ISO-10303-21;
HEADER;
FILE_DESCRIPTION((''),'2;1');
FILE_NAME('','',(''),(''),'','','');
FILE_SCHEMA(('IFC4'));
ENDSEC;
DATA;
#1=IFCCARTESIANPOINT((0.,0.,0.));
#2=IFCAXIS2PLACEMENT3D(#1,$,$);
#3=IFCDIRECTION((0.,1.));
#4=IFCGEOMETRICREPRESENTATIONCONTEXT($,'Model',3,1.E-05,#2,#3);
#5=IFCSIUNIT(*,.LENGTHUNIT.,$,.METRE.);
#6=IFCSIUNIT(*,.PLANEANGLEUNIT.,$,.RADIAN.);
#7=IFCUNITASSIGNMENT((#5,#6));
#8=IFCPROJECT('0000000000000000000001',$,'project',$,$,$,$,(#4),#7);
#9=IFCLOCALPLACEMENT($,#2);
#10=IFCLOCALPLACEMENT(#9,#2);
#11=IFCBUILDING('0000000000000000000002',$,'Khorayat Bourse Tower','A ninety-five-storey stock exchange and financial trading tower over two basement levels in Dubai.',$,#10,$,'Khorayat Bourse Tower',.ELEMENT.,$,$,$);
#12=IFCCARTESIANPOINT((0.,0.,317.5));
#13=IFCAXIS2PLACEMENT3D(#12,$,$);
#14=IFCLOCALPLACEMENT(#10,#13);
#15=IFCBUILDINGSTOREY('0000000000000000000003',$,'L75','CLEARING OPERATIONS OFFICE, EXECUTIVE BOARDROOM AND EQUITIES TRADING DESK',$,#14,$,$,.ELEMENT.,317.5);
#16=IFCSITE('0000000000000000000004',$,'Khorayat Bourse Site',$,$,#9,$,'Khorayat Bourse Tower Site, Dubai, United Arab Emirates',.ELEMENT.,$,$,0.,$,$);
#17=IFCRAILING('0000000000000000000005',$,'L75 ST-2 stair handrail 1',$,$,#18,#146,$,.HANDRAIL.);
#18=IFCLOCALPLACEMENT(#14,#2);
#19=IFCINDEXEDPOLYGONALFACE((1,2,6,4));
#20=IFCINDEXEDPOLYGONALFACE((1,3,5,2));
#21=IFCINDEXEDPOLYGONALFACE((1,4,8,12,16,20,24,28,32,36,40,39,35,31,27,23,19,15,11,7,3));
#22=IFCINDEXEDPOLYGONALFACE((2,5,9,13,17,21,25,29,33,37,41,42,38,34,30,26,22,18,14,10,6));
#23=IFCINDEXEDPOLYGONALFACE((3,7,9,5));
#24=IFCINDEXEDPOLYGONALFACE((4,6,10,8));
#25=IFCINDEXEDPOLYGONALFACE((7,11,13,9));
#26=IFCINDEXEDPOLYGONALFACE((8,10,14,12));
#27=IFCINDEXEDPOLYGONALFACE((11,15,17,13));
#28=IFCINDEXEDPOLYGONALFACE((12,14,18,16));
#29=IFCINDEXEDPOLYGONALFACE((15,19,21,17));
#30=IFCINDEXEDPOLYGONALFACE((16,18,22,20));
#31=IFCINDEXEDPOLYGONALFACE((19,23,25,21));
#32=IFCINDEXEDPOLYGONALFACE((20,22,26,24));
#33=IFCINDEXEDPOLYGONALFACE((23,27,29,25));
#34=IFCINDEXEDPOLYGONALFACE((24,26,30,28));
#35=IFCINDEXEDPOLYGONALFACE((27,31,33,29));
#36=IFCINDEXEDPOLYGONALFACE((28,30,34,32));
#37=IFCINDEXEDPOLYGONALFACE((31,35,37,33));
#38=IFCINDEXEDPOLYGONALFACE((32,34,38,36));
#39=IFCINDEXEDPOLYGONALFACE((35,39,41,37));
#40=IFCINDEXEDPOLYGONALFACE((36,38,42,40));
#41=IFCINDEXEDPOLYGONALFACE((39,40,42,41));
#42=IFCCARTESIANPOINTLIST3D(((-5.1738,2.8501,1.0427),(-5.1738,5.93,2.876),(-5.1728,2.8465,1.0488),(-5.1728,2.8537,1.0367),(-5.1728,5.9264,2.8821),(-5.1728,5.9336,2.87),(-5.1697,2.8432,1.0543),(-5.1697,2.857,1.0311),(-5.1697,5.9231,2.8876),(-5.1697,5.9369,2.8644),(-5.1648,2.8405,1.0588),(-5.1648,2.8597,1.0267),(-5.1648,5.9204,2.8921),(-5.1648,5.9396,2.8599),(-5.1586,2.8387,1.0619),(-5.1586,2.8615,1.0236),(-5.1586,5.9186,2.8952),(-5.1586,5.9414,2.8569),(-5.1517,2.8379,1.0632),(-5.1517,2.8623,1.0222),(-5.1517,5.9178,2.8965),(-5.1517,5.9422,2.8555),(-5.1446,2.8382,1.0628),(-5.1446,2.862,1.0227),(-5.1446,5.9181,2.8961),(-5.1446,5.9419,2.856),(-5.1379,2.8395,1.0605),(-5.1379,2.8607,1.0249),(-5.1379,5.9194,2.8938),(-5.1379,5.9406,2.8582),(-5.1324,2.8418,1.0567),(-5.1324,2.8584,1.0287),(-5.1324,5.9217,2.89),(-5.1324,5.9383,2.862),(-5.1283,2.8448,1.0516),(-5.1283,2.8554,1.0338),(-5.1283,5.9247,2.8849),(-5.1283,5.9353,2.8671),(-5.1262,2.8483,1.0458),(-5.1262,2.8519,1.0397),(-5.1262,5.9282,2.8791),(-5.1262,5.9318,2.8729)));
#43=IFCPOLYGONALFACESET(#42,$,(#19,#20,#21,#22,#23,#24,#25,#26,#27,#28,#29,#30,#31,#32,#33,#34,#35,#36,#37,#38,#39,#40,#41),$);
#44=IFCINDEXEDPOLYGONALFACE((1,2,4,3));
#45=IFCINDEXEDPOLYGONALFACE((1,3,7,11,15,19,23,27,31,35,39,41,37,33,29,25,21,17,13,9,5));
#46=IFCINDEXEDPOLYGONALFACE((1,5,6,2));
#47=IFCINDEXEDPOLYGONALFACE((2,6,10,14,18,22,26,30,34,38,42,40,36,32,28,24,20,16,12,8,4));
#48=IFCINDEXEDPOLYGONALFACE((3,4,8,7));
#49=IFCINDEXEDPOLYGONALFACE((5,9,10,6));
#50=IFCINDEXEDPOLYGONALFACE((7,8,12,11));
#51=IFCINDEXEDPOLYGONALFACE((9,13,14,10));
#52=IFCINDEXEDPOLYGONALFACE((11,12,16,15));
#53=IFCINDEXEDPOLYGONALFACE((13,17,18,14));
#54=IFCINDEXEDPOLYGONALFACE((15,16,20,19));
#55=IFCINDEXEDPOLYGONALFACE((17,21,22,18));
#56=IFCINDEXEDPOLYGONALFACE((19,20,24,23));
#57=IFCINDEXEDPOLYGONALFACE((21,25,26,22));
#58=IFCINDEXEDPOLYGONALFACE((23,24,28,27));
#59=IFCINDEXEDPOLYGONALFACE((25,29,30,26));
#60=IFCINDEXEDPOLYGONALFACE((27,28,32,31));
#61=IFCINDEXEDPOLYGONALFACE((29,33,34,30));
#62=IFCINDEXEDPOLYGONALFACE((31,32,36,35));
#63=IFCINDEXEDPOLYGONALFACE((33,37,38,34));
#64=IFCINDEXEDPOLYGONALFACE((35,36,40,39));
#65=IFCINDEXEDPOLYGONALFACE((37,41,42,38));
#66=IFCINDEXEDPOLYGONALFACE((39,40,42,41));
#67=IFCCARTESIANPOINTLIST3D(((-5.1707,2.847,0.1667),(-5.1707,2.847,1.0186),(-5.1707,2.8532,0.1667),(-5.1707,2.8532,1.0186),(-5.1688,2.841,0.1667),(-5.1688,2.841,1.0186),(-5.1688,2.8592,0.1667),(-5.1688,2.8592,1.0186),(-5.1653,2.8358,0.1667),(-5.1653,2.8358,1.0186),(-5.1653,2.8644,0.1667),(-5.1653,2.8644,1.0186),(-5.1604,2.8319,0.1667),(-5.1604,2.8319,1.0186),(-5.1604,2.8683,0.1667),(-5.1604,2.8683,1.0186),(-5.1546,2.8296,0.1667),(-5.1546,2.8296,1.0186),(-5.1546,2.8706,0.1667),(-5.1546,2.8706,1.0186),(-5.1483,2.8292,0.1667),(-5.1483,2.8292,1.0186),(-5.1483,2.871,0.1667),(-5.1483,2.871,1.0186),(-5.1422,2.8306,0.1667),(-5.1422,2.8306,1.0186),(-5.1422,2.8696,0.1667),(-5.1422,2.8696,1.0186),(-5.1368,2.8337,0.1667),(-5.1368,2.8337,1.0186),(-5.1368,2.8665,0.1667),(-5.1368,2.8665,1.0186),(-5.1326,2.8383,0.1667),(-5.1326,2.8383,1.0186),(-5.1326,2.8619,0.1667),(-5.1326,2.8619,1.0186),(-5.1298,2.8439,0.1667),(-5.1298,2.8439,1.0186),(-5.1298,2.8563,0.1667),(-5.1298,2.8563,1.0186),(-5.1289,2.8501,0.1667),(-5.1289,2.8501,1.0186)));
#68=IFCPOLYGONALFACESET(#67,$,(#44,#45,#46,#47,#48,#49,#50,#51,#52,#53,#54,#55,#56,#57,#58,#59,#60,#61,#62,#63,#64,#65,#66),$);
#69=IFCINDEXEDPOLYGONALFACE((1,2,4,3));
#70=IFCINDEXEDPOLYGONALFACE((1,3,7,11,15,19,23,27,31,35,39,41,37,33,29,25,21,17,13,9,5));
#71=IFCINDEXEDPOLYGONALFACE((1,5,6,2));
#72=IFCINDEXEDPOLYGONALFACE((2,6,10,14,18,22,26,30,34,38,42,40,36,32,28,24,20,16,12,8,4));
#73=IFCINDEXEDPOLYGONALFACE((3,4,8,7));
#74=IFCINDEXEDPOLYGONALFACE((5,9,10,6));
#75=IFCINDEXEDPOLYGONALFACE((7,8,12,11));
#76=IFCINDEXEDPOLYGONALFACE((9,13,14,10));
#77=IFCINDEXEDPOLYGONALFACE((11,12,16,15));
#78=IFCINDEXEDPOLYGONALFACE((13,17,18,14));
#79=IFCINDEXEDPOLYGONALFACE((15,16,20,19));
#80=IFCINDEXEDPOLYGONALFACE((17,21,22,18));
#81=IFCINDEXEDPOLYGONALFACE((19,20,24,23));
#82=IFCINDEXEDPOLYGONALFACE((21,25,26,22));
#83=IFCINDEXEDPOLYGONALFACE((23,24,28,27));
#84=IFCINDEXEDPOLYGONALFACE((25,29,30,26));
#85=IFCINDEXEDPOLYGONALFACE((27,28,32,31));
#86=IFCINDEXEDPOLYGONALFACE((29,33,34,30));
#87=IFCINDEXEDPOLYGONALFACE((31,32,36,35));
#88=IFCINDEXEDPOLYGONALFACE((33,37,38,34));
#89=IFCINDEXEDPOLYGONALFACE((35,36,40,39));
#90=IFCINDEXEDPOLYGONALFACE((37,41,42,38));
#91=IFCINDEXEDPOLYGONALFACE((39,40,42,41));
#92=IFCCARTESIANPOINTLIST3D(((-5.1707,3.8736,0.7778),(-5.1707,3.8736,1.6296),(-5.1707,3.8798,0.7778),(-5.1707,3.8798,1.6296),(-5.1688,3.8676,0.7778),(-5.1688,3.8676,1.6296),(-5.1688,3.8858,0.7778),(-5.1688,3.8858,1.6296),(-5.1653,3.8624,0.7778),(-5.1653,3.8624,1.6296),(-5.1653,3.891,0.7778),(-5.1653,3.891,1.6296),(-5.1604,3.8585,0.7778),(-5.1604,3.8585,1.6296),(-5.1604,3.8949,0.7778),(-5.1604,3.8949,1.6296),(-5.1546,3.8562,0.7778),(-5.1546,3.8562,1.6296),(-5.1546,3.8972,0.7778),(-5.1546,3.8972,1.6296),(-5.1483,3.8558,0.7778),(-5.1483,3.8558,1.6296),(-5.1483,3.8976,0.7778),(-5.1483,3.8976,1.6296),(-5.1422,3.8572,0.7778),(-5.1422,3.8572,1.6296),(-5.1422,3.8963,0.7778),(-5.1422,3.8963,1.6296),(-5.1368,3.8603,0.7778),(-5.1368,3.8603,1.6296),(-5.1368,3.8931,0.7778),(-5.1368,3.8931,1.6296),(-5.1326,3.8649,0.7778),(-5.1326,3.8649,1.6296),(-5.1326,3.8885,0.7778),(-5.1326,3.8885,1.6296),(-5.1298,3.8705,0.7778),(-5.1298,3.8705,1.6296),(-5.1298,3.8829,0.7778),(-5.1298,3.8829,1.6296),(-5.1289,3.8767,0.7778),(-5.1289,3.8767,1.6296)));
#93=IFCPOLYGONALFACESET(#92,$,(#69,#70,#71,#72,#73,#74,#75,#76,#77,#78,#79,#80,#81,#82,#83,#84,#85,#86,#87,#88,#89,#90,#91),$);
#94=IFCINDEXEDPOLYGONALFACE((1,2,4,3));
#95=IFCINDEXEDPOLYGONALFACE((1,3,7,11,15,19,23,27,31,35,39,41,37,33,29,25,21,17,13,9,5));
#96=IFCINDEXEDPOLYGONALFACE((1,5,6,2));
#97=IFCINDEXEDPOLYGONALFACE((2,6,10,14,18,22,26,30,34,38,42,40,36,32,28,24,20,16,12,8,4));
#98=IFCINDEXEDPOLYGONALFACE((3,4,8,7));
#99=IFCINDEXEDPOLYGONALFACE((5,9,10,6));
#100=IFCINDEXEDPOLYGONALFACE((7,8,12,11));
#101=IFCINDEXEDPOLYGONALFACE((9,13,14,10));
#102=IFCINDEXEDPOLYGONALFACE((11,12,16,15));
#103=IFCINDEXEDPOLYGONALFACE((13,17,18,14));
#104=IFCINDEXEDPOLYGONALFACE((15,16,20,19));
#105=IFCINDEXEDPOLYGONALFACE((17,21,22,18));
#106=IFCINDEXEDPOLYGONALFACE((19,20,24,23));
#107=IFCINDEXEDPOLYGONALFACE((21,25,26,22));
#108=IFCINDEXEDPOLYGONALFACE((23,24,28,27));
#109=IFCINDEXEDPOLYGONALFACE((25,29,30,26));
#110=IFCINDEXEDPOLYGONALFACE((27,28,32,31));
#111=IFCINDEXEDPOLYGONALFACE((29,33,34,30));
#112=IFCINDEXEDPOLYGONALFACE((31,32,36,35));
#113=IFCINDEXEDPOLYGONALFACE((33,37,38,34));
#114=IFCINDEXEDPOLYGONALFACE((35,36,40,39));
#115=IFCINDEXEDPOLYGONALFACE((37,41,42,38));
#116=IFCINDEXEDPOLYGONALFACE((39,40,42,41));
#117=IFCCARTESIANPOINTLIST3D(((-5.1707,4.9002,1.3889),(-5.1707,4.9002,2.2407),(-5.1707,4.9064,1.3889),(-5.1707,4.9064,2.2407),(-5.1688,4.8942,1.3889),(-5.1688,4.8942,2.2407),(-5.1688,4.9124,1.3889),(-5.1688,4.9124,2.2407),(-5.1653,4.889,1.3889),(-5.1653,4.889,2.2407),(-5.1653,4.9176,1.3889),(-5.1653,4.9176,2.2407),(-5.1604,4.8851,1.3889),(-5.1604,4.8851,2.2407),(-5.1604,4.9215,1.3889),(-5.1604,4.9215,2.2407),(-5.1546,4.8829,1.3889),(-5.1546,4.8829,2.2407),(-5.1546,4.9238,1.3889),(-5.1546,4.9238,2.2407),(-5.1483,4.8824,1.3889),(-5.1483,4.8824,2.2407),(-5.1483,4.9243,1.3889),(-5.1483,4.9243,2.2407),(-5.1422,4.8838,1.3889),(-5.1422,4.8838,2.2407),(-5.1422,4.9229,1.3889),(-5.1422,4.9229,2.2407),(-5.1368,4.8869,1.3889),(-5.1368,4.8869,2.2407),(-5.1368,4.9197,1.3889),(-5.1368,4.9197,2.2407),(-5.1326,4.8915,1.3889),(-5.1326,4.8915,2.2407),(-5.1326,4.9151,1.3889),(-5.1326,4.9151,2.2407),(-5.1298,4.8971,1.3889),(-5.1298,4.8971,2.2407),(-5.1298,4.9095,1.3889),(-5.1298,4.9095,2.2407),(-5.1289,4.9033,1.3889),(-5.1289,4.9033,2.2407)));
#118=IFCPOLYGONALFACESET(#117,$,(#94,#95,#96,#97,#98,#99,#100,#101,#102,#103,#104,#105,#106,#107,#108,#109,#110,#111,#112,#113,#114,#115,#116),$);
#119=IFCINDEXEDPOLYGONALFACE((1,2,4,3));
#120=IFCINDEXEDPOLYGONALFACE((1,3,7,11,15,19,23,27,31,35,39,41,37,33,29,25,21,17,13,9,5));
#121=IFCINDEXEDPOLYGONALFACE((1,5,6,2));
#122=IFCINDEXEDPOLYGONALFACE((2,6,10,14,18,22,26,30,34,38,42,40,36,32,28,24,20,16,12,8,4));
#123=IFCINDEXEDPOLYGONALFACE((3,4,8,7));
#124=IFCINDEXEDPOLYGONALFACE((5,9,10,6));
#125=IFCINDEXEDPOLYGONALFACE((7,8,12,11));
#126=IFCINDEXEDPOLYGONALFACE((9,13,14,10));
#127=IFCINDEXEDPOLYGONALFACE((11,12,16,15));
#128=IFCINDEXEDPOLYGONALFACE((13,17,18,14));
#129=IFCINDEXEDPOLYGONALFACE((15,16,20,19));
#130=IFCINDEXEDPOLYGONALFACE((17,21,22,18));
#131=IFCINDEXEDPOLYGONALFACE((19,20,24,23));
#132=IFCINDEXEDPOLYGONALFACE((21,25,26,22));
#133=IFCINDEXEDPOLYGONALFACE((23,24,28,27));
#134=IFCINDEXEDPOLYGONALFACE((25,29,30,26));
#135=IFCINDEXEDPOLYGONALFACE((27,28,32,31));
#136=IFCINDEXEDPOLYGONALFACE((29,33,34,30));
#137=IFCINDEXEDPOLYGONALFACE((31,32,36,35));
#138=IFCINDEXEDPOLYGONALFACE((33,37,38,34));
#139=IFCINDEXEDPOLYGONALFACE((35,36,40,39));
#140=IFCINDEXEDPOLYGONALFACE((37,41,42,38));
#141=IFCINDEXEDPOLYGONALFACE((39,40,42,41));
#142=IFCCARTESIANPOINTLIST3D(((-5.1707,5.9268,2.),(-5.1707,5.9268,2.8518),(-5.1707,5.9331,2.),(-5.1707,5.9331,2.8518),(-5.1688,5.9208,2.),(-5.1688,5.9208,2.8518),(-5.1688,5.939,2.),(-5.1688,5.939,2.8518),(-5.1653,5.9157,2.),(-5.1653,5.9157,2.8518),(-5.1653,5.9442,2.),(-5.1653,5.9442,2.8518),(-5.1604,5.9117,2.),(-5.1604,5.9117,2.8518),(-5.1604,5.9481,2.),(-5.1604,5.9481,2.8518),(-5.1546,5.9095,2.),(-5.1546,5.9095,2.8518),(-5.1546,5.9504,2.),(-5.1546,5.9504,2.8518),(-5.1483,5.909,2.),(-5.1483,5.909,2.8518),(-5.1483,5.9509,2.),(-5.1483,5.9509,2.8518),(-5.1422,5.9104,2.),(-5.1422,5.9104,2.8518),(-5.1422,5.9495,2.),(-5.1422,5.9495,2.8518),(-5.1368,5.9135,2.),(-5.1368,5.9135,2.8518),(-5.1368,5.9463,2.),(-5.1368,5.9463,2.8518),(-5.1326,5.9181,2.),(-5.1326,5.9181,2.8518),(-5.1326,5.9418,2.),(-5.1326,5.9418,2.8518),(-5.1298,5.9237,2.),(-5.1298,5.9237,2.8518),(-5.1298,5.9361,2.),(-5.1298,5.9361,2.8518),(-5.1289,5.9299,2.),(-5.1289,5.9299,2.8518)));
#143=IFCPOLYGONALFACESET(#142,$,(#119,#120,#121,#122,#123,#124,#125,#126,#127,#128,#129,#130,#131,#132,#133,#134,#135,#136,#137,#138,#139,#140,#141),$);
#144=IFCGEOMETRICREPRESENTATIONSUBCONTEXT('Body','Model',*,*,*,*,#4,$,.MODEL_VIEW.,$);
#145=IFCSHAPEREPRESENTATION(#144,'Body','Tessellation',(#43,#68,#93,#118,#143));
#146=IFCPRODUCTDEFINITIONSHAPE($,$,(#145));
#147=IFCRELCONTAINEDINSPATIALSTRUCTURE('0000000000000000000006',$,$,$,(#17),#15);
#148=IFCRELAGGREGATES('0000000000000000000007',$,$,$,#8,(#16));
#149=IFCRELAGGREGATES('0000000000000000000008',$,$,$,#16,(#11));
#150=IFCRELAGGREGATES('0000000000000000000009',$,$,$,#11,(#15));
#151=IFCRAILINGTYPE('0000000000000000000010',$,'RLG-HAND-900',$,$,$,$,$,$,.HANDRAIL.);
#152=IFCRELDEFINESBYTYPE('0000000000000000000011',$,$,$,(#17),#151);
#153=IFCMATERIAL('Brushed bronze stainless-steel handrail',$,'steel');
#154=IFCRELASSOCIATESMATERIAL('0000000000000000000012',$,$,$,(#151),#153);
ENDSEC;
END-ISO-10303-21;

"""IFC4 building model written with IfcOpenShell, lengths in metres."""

from ifc_helpers import new_model, si_unit, direction, frame, origin, origin_2d, place, context, subcontext, project, spatial, circle, extrude, source, transform, mapped, material, type_object, element, save


model = new_model("IFC4")

# Units and contexts
model_context = context("Model", 3, precision=1e-05, world=origin(), true_north=direction((0.0, 1.0)))
body_context = subcontext(model_context, "Body", "Model", "MODEL_VIEW")
ifc_project = project(units=[si_unit("LENGTHUNIT", "METRE"), si_unit("PLANEANGLEUNIT", "RADIAN")], contexts=[model_context])

# Site, building, storey
site_placement = place(None, origin())
site = spatial("IfcSite", under=ifc_project, at=site_placement, Name="Khorayat Bourse Site", LongName="Khorayat Bourse Tower Site, Dubai, United Arab Emirates", CompositionType="ELEMENT", RefElevation=0.0)
building_placement = place(site_placement, origin())
building = spatial("IfcBuilding", under=site, at=building_placement, Name="Khorayat Bourse Tower", Description="A ninety-five-storey stock exchange and financial trading tower over two basement levels in Dubai.", LongName="Khorayat Bourse Tower", CompositionType="ELEMENT")
storey_placement = place(building_placement, frame((0.0, 0.0, 317.5)))
storey = spatial("IfcBuildingStorey", under=building, at=storey_placement, Name="L75", Description="CLEARING OPERATIONS OFFICE, EXECUTIVE BOARDROOM AND EQUITIES TRADING DESK", CompositionType="ELEMENT", Elevation=317.5)

# Railing
ifc_material_1 = material(Name="Brushed bronze stainless-steel handrail", Category="steel")
railing_type_1 = type_object("IfcRailingType", Name="RLG-HAND-900", PredefinedType="HANDRAIL", material=ifc_material_1)
shared_shape_1 = source(origin(), body_context, "Body", "SweptSolid", [
    extrude(circle(Radius=0.0239, at=origin_2d()), frame((0.0, 0.0, 0.876), z_axis=(0.0, 0.859291, 0.511487), x_axis=(-1.0, 0.0, 0.0)), (0.0, 0.0, 1.0), 3.5842),
    extrude(circle(Radius=0.021, at=origin_2d()), origin(), (0.0, 0.0, 1.0), 0.8518),
    extrude(circle(Radius=0.021, at=origin_2d()), frame((0.0, 1.0266, 0.6111)), (0.0, 0.0, 1.0), 0.8518),
    extrude(circle(Radius=0.021, at=origin_2d()), frame((0.0, 2.0532, 1.2222)), (0.0, 0.0, 1.0), 0.8518),
    extrude(circle(Radius=0.021, at=origin_2d()), frame((0.0, 3.0798, 1.8333)), (0.0, 0.0, 1.0), 0.8518),
])
railing_1_placement = place(storey_placement, frame((-5.1499, 2.8501, 0.1667)))
element("IfcRailing", 1, at=railing_1_placement, inside=storey, type_object=railing_type_1, Name="L75 ST-2 stair handrail 1", PredefinedType="HANDRAIL", context=body_context, shape_type="MappedRepresentation", body=[
    mapped(shared_shape_1, transform((0.0, 0.0, 0.0), scale=1.0)),
])

save(model, "model.ifc")
